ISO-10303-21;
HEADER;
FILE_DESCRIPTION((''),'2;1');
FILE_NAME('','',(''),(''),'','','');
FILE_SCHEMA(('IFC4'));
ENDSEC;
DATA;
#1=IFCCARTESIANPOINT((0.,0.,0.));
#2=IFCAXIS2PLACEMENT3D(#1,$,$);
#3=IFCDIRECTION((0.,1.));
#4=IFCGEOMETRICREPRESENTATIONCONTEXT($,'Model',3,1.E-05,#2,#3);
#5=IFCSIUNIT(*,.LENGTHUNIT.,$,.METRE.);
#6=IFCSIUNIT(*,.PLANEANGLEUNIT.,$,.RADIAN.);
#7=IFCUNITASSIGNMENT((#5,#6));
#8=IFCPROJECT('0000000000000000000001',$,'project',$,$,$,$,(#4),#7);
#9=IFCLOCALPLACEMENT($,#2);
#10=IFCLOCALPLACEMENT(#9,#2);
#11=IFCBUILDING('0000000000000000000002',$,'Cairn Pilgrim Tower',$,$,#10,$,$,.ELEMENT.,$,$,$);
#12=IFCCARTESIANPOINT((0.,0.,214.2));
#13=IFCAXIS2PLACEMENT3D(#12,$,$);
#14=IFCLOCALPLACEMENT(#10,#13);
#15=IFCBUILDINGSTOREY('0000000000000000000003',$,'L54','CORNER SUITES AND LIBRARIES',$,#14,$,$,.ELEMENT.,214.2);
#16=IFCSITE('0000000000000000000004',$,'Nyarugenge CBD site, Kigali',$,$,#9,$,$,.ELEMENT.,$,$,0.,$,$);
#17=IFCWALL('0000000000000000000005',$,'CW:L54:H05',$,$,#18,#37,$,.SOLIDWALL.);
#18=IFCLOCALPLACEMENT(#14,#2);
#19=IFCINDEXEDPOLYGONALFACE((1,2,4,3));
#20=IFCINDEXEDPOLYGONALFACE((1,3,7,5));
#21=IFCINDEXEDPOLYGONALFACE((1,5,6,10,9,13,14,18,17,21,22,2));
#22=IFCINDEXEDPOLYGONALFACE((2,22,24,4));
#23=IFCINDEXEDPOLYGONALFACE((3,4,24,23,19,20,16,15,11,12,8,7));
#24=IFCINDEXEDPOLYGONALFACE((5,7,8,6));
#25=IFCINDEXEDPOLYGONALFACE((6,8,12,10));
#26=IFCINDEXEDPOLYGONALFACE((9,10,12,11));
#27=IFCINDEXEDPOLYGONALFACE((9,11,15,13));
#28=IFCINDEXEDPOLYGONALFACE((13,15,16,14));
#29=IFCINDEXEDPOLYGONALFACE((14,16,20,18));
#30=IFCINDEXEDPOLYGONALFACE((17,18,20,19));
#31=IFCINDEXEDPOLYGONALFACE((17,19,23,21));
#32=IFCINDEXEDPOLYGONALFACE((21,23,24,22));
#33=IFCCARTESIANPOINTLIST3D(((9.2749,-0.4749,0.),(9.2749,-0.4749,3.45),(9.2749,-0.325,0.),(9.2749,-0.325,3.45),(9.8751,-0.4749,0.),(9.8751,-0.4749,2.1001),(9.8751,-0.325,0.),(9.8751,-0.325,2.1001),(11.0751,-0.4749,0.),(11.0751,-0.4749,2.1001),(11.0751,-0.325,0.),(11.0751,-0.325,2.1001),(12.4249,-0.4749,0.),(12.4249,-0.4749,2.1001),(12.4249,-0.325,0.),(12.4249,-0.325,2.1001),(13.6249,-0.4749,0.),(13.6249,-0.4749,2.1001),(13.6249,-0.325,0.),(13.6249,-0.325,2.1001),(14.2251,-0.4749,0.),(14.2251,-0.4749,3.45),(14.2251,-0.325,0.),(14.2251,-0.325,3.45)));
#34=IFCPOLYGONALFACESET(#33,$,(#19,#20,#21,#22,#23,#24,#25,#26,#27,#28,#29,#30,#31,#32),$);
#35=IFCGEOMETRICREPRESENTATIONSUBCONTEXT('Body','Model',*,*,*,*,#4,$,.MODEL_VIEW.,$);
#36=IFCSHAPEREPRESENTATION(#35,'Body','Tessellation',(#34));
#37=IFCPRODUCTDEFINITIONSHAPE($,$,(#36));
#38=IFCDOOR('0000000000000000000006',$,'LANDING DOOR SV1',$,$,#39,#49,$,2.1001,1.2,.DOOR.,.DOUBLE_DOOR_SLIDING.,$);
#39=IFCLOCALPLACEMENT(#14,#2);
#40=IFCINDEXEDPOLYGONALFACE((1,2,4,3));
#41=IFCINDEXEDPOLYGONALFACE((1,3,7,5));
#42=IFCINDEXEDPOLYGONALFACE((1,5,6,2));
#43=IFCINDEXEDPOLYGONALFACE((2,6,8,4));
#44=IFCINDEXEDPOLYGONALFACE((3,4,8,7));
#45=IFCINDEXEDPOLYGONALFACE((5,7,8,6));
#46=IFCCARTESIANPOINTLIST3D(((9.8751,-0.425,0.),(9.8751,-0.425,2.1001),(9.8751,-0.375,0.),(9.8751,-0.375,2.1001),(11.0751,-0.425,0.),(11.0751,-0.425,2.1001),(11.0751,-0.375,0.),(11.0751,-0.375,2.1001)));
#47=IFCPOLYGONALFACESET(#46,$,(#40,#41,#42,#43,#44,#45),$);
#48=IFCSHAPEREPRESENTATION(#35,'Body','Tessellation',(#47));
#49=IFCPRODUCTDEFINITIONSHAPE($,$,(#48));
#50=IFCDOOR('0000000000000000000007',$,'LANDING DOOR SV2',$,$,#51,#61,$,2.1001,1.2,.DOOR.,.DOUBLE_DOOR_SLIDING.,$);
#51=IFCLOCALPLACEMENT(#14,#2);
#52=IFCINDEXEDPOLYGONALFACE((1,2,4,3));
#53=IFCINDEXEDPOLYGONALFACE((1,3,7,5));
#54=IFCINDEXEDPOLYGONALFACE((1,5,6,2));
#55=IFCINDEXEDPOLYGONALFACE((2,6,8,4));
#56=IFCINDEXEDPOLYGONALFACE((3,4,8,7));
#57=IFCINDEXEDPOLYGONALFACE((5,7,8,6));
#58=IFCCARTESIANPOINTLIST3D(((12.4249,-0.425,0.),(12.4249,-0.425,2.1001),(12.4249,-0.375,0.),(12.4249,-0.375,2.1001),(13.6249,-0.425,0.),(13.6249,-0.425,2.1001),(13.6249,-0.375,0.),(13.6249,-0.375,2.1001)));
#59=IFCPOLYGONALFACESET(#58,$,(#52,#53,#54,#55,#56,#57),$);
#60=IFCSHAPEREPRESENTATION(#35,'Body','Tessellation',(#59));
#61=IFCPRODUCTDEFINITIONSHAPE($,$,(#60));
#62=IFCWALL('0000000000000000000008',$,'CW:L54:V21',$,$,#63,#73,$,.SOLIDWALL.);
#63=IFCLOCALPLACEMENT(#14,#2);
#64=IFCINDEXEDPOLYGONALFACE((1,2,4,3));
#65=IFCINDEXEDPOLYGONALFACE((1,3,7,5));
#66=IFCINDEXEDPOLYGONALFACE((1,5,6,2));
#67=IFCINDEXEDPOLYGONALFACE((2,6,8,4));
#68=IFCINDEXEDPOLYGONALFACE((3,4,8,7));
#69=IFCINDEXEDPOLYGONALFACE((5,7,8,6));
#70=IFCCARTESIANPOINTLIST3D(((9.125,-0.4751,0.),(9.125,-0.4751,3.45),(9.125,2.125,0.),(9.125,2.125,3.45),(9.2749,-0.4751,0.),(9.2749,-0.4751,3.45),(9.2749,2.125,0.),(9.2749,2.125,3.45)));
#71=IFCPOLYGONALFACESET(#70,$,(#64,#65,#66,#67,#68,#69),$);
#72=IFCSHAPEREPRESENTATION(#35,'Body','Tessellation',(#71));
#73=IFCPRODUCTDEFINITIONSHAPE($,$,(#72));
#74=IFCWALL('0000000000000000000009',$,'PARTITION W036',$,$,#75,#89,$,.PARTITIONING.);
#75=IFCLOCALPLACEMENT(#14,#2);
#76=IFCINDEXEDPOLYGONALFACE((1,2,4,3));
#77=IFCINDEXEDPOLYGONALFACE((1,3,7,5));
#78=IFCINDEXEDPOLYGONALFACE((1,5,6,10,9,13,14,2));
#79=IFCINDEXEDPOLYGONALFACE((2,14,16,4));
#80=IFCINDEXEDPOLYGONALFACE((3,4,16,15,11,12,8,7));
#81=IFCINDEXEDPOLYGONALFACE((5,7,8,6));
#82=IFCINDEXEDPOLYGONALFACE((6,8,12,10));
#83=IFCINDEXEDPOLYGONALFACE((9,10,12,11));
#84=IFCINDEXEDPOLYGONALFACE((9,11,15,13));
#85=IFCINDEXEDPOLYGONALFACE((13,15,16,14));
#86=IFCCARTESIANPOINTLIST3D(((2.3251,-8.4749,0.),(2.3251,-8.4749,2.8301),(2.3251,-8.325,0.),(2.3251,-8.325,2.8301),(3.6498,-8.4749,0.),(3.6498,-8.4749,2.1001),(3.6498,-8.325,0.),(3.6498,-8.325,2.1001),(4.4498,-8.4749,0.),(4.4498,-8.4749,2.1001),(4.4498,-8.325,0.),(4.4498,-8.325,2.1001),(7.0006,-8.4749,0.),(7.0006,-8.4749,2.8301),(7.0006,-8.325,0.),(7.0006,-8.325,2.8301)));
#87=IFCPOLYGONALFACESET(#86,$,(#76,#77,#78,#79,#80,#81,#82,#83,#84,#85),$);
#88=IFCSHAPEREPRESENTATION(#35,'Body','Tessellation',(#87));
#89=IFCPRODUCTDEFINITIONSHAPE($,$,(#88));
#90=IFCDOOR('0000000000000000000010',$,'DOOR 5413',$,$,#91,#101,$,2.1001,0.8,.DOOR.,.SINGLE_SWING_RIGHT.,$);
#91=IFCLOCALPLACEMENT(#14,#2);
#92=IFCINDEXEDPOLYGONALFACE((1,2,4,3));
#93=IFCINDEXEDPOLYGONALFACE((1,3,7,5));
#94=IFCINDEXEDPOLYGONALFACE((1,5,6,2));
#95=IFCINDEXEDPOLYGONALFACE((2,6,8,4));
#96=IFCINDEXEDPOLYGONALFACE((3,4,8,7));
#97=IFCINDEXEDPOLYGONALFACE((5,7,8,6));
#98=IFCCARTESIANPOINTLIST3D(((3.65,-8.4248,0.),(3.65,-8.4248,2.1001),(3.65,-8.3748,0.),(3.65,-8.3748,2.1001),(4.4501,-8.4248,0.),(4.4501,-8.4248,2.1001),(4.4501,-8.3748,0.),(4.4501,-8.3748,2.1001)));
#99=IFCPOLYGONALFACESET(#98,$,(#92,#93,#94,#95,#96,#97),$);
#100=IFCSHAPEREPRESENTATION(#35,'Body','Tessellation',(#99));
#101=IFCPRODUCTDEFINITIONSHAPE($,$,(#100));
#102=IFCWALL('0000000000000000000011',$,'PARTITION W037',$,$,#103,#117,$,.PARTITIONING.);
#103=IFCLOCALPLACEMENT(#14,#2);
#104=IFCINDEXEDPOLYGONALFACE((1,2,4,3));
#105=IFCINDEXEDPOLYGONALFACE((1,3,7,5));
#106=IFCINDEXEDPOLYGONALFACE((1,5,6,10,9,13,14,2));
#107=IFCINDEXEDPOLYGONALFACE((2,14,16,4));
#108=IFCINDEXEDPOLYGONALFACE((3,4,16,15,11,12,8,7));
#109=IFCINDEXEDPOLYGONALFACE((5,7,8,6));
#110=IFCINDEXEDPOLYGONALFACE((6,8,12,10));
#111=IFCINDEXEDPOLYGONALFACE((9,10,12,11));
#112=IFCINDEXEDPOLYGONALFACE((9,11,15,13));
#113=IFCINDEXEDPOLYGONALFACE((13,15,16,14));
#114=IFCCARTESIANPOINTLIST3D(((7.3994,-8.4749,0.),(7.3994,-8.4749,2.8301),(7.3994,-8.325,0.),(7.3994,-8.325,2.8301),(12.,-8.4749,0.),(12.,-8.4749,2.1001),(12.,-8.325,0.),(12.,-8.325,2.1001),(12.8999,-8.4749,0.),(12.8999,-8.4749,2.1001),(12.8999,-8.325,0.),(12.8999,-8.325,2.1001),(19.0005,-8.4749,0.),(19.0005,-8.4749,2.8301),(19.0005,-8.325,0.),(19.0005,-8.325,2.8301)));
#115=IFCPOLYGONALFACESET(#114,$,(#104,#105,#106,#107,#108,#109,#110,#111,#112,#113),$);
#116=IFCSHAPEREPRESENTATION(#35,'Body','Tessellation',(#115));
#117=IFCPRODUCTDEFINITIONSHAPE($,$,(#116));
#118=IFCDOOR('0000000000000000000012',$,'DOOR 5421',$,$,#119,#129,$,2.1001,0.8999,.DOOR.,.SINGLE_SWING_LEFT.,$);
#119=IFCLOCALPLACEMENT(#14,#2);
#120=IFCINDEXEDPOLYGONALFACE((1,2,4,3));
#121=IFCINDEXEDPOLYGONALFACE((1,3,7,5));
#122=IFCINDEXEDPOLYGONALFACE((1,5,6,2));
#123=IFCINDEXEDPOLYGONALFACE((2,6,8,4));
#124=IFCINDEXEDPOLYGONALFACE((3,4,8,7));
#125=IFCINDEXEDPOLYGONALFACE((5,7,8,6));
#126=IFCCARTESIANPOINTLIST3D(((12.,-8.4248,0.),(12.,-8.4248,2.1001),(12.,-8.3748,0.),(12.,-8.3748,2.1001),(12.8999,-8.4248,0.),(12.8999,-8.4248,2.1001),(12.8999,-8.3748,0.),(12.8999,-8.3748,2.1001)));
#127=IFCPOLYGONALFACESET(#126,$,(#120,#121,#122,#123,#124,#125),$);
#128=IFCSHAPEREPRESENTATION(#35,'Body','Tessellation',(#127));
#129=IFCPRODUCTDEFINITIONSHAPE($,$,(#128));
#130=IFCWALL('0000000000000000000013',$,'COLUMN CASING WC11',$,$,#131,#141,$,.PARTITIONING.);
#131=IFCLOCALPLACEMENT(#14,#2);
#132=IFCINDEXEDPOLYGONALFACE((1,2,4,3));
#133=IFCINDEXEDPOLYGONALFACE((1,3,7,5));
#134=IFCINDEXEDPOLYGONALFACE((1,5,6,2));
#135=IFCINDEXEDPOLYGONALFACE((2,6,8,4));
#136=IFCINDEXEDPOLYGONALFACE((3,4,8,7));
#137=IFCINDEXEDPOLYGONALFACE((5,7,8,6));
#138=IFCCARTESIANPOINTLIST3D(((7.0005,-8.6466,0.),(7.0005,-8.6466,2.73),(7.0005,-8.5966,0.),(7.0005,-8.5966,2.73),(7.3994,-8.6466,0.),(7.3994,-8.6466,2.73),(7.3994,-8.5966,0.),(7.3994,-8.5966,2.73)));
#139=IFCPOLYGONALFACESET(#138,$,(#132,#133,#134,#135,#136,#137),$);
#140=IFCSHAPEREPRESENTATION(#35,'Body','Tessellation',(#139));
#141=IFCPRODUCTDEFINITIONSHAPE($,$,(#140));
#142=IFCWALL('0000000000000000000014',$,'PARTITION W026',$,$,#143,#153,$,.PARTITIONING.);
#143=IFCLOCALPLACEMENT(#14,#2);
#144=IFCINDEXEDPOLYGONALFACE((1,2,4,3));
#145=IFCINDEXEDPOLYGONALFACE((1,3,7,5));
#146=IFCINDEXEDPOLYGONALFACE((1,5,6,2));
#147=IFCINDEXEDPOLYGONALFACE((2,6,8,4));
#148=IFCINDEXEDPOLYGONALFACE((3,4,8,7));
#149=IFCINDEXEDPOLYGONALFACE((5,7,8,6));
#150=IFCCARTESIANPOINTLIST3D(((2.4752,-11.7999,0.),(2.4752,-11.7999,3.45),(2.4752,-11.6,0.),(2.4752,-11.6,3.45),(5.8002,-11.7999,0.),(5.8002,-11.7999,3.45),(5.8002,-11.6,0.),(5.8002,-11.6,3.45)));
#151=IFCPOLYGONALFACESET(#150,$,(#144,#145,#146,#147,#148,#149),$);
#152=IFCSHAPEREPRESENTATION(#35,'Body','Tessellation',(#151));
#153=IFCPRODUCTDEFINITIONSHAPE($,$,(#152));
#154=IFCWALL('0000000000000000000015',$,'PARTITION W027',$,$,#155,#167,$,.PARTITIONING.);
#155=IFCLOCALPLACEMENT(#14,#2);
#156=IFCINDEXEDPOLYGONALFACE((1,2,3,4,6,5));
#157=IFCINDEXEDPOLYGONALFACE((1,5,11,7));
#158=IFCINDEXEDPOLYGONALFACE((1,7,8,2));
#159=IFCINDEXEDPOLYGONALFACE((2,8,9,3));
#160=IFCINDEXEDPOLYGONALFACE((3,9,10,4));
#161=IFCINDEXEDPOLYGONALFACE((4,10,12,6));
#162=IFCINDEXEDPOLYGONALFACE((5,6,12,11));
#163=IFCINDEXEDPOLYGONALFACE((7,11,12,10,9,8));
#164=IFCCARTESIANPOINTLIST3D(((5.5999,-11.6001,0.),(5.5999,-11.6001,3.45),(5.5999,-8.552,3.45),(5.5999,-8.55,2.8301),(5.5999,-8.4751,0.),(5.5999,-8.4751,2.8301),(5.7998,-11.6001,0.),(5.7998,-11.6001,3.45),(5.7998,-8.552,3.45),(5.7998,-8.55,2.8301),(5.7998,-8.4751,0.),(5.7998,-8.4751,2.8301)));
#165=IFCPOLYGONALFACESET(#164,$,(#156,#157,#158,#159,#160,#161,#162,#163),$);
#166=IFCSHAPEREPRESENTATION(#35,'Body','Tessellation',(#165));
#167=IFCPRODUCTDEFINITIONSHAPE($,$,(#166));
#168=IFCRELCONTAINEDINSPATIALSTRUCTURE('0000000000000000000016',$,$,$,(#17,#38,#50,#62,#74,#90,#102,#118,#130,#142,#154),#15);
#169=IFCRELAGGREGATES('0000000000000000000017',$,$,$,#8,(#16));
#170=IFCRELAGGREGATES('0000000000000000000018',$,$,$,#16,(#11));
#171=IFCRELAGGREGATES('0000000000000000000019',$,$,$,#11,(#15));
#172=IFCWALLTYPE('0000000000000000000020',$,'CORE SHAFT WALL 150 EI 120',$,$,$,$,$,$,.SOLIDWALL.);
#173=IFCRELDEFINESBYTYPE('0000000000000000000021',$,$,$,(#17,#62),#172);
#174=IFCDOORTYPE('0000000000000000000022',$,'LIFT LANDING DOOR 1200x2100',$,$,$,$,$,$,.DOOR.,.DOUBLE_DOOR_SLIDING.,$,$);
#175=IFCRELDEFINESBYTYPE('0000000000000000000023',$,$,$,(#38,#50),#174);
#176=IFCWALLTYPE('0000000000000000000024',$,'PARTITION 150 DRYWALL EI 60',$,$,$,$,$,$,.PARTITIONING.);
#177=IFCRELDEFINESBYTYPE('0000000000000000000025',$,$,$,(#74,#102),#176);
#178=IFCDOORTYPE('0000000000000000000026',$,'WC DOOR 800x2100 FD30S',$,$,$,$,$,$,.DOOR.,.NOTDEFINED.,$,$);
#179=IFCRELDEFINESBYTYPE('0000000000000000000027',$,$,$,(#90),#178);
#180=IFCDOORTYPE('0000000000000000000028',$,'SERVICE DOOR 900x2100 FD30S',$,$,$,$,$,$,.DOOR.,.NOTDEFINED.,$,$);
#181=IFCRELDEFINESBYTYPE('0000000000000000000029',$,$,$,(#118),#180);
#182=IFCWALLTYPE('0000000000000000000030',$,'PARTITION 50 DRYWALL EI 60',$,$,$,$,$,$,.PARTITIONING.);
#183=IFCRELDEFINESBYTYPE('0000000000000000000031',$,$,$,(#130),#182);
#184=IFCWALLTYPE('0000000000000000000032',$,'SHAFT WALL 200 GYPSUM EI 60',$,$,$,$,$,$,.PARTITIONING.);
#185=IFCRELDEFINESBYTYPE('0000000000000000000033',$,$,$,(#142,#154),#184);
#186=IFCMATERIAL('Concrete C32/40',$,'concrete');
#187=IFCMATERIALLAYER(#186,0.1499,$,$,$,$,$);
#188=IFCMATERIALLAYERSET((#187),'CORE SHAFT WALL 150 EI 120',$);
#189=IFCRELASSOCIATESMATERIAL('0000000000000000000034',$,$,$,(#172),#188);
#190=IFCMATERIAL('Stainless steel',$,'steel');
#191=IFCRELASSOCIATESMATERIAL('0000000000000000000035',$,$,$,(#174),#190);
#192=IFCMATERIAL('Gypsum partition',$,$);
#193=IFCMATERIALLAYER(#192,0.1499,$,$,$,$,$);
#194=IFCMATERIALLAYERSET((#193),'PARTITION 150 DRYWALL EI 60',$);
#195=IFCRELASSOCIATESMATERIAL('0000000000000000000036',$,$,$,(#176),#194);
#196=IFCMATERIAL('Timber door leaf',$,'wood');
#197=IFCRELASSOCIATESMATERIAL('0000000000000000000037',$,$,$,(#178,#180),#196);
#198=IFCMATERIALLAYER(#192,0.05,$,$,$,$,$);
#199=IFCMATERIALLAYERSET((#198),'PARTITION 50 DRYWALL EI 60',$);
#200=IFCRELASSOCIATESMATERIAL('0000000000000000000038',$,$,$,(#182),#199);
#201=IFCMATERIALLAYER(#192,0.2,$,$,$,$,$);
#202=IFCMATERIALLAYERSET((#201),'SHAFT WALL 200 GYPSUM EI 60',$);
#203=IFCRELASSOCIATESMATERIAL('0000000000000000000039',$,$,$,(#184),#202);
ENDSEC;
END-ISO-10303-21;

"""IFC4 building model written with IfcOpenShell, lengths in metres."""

from ifc_helpers import new_model, si_unit, direction, frame, frame_2d, origin, place, context, subcontext, project, spatial, polyline, rectangle, outline, extrude, material, layer, layer_set, type_object, element, fill, save


model = new_model("IFC4")

# Units and contexts
model_context = context("Model", 3, precision=1e-05, world=origin(), true_north=direction((0.0, 1.0)))
body_context = subcontext(model_context, "Body", "Model", "MODEL_VIEW")
ifc_project = project(units=[si_unit("LENGTHUNIT", "METRE"), si_unit("PLANEANGLEUNIT", "RADIAN")], contexts=[model_context])

# Site, building, storey
site_placement = place(None, origin())
site = spatial("IfcSite", under=ifc_project, at=site_placement, Name="Nyarugenge CBD site, Kigali", CompositionType="ELEMENT", RefElevation=0.0)
building_placement = place(site_placement, origin())
building = spatial("IfcBuilding", under=site, at=building_placement, Name="Cairn Pilgrim Tower", CompositionType="ELEMENT")
storey_placement = place(building_placement, frame((0.0, 0.0, 214.2)))
storey = spatial("IfcBuildingStorey", under=building, at=storey_placement, Name="L54", Description="CORNER SUITES AND LIBRARIES", CompositionType="ELEMENT", Elevation=214.2)

# Shared definitions
ifc_material_1 = material(Name="Concrete C32/40", Category="concrete")

# Wall, openings, doors
ifc_layer_1 = layer(ifc_material_1, 0.1499)
ifc_layer_set_1 = layer_set([ifc_layer_1], Name="CORE SHAFT WALL 150 EI 120")
wall_type_1 = type_object("IfcWallType", Name="CORE SHAFT WALL 150 EI 120", PredefinedType="SOLIDWALL", material=ifc_layer_set_1)
wall_1_placement = place(storey_placement, frame((9.2749, -0.3999, 0.0), z_axis=(0.0, 0.0, 1.0), x_axis=(1.0, 0.0, 0.0)))
wall_1 = element("IfcWall", 1, at=wall_1_placement, inside=storey, type_object=wall_type_1, Name="CW:L54:H05", PredefinedType="SOLIDWALL", context=body_context, shape_type="SweptSolid", body=[
    extrude(rectangle(XDim=4.9502, YDim=0.1499, at=frame_2d((2.4751, 0.0))), origin(), (0.0, 0.0, 1.0), 3.45),
])
opening_1_placement = place(wall_1_placement, frame((0.6001, 0.0, 0.0)))
opening_1 = element("IfcOpeningElement", 2, at=opening_1_placement, cuts=wall_1, PredefinedType="OPENING", context=body_context, shape_type="SweptSolid", body=[
    extrude(rectangle(XDim=1.2, YDim=2.1001, at=frame_2d((0.6001, 1.05))), frame((0.0, 0.085, 0.0), z_axis=(0.0, -1.0, 0.0), x_axis=(1.0, 0.0, 0.0)), (0.0, 0.0, 1.0), 0.1699),
])
opening_2_placement = place(wall_1_placement, frame((3.1499, 0.0, 0.0)))
opening_2 = element("IfcOpeningElement", 3, at=opening_2_placement, cuts=wall_1, PredefinedType="OPENING", context=body_context, shape_type="SweptSolid", body=[
    extrude(rectangle(XDim=1.2, YDim=2.1001, at=frame_2d((0.6001, 1.05))), frame((0.0, 0.085, 0.0), z_axis=(0.0, -1.0, 0.0), x_axis=(1.0, 0.0, 0.0)), (0.0, 0.0, 1.0), 0.1699),
])
ifc_material_2 = material(Name="Stainless steel", Category="steel")
door_type_1 = type_object("IfcDoorType", Name="LIFT LANDING DOOR 1200x2100", OperationType="DOUBLE_DOOR_SLIDING", PredefinedType="DOOR", material=ifc_material_2)
door_1_placement = place(opening_1_placement, origin())
door_1 = element("IfcDoor", 4, at=door_1_placement, inside=storey, type_object=door_type_1, Name="LANDING DOOR SV1", OperationType="DOUBLE_DOOR_SLIDING", OverallHeight=2.1001, OverallWidth=1.2, PredefinedType="DOOR", context=body_context, shape_type="SweptSolid", body=[
    extrude(rectangle(XDim=1.2, YDim=2.1001, at=frame_2d((0.6001, 1.05))), frame((0.0, 0.0249, 0.0), z_axis=(0.0, -1.0, 0.0), x_axis=(1.0, 0.0, 0.0)), (0.0, 0.0, 1.0), 0.05),
])
fill(opening_1, door_1)
door_2_placement = place(opening_2_placement, origin())
door_2 = element("IfcDoor", 5, at=door_2_placement, inside=storey, type_object=door_type_1, Name="LANDING DOOR SV2", OperationType="DOUBLE_DOOR_SLIDING", OverallHeight=2.1001, OverallWidth=1.2, PredefinedType="DOOR", context=body_context, shape_type="SweptSolid", body=[
    extrude(rectangle(XDim=1.2, YDim=2.1001, at=frame_2d((0.6001, 1.05))), frame((0.0, 0.0249, 0.0), z_axis=(0.0, -1.0, 0.0), x_axis=(1.0, 0.0, 0.0)), (0.0, 0.0, 1.0), 0.05),
])
fill(opening_2, door_2)

# Wall
wall_2_placement = place(storey_placement, frame((9.2, -0.4751, 0.0), z_axis=(0.0, 0.0, 1.0), x_axis=(0.0, 1.0, 0.0)))
element("IfcWall", 6, at=wall_2_placement, inside=storey, type_object=wall_type_1, Name="CW:L54:V21", PredefinedType="SOLIDWALL", context=body_context, shape_type="SweptSolid", body=[
    extrude(rectangle(XDim=2.6001, YDim=0.1499, at=frame_2d((1.3, 0.0))), origin(), (0.0, 0.0, 1.0), 3.45),
])

# Walls, openings, doors
ifc_material_3 = material(Name="Gypsum partition")
ifc_layer_2 = layer(ifc_material_3, 0.1499)
ifc_layer_set_2 = layer_set([ifc_layer_2], Name="PARTITION 150 DRYWALL EI 60")
wall_type_2 = type_object("IfcWallType", Name="PARTITION 150 DRYWALL EI 60", PredefinedType="PARTITIONING", material=ifc_layer_set_2)
wall_3_placement = place(storey_placement, frame((2.325, -8.3999, 0.0), z_axis=(0.0, 0.0, 1.0), x_axis=(1.0, 0.0, 0.0)))
wall_3 = element("IfcWall", 7, at=wall_3_placement, inside=storey, type_object=wall_type_2, Name="PARTITION W036", PredefinedType="PARTITIONING", context=body_context, shape_type="SweptSolid", body=[
    extrude(rectangle(XDim=4.6755, YDim=0.1499, at=frame_2d((2.3379, 0.0))), origin(), (0.0, 0.0, 1.0), 2.8301),
])
opening_3_placement = place(wall_3_placement, frame((1.325, 0.0, 0.0)))
opening_3 = element("IfcOpeningElement", 8, at=opening_3_placement, cuts=wall_3, PredefinedType="OPENING", context=body_context, shape_type="SweptSolid", body=[
    extrude(rectangle(XDim=0.8, YDim=2.1001, at=frame_2d((0.3999, 1.05))), frame((0.0, 0.085, 0.0), z_axis=(0.0, -1.0, 0.0), x_axis=(1.0, 0.0, 0.0)), (0.0, 0.0, 1.0), 0.1699),
])
ifc_material_4 = material(Name="Timber door leaf", Category="wood")
door_type_2 = type_object("IfcDoorType", Name="WC DOOR 800x2100 FD30S", OperationType="NOTDEFINED", PredefinedType="DOOR", material=ifc_material_4)
door_3_placement = place(opening_3_placement, frame((0.8, 0.0, 0.0), z_axis=(0.0, 0.0, 1.0), x_axis=(-1.0, 0.0, 0.0)))
door_3 = element("IfcDoor", 9, at=door_3_placement, inside=storey, type_object=door_type_2, Name="DOOR 5413", OperationType="SINGLE_SWING_RIGHT", OverallHeight=2.1001, OverallWidth=0.8, PredefinedType="DOOR", context=body_context, shape_type="SweptSolid", body=[
    extrude(rectangle(XDim=0.8, YDim=2.1001, at=frame_2d((0.3999, 1.05))), frame((0.0, 0.0249, 0.0), z_axis=(0.0, -1.0, 0.0), x_axis=(1.0, 0.0, 0.0)), (0.0, 0.0, 1.0), 0.05),
])
fill(opening_3, door_3)
wall_4_placement = place(storey_placement, frame((7.3994, -8.3999, 0.0), z_axis=(0.0, 0.0, 1.0), x_axis=(1.0, 0.0, 0.0)))
wall_4 = element("IfcWall", 10, at=wall_4_placement, inside=storey, type_object=wall_type_2, Name="PARTITION W037", PredefinedType="PARTITIONING", context=body_context, shape_type="SweptSolid", body=[
    extrude(rectangle(XDim=11.6011, YDim=0.1499, at=frame_2d((5.8005, 0.0))), origin(), (0.0, 0.0, 1.0), 2.8301),
])
opening_4_placement = place(wall_4_placement, frame((4.6006, 0.0, 0.0)))
opening_4 = element("IfcOpeningElement", 11, at=opening_4_placement, cuts=wall_4, PredefinedType="OPENING", context=body_context, shape_type="SweptSolid", body=[
    extrude(rectangle(XDim=0.8999, YDim=2.1001, at=frame_2d((0.45, 1.05))), frame((0.0, 0.085, 0.0), z_axis=(0.0, -1.0, 0.0), x_axis=(1.0, 0.0, 0.0)), (0.0, 0.0, 1.0), 0.1699),
])
door_type_3 = type_object("IfcDoorType", Name="SERVICE DOOR 900x2100 FD30S", OperationType="NOTDEFINED", PredefinedType="DOOR", material=ifc_material_4)
door_4_placement = place(opening_4_placement, frame((0.8999, 0.0, 0.0), z_axis=(0.0, 0.0, 1.0), x_axis=(-1.0, 0.0, 0.0)))
door_4 = element("IfcDoor", 12, at=door_4_placement, inside=storey, type_object=door_type_3, Name="DOOR 5421", OperationType="SINGLE_SWING_LEFT", OverallHeight=2.1001, OverallWidth=0.8999, PredefinedType="DOOR", context=body_context, shape_type="SweptSolid", body=[
    extrude(rectangle(XDim=0.8999, YDim=2.1001, at=frame_2d((0.45, 1.05))), frame((0.0, 0.0249, 0.0), z_axis=(0.0, -1.0, 0.0), x_axis=(1.0, 0.0, 0.0)), (0.0, 0.0, 1.0), 0.05),
])
fill(opening_4, door_4)

# Walls
ifc_layer_3 = layer(ifc_material_3, 0.05)
ifc_layer_set_3 = layer_set([ifc_layer_3], Name="PARTITION 50 DRYWALL EI 60")
wall_type_3 = type_object("IfcWallType", Name="PARTITION 50 DRYWALL EI 60", PredefinedType="PARTITIONING", material=ifc_layer_set_3)
wall_5_placement = place(storey_placement, frame((7.0005, -8.6216, 0.0), z_axis=(0.0, 0.0, 1.0), x_axis=(1.0, 0.0, 0.0)))
element("IfcWall", 13, at=wall_5_placement, inside=storey, type_object=wall_type_3, Name="COLUMN CASING WC11", PredefinedType="PARTITIONING", context=body_context, shape_type="SweptSolid", body=[
    extrude(rectangle(XDim=0.3989, YDim=0.05, at=frame_2d((0.1995, 0.0))), origin(), (0.0, 0.0, 1.0), 2.73),
])
ifc_layer_4 = layer(ifc_material_3, 0.2)
ifc_layer_set_4 = layer_set([ifc_layer_4], Name="SHAFT WALL 200 GYPSUM EI 60")
wall_type_4 = type_object("IfcWallType", Name="SHAFT WALL 200 GYPSUM EI 60", PredefinedType="PARTITIONING", material=ifc_layer_set_4)
wall_6_placement = place(storey_placement, frame((2.4751, -11.7, 0.0), z_axis=(0.0, 0.0, 1.0), x_axis=(1.0, 0.0, 0.0)))
element("IfcWall", 14, at=wall_6_placement, inside=storey, type_object=wall_type_4, Name="PARTITION W026", PredefinedType="PARTITIONING", context=body_context, shape_type="SweptSolid", body=[
    extrude(rectangle(XDim=3.325, YDim=0.2, at=frame_2d((1.6626, 0.0))), origin(), (0.0, 0.0, 1.0), 3.45),
])
wall_7_placement = place(storey_placement, frame((5.7, -11.6001, 0.0), z_axis=(0.0, 0.0, 1.0), x_axis=(0.0, 1.0, 0.0)))
element("IfcWall", 15, at=wall_7_placement, inside=storey, type_object=wall_type_4, Name="PARTITION W027", PredefinedType="PARTITIONING", context=body_context, shape_type="SweptSolid", body=[
    extrude(outline(polyline([(0.0, 0.0), (3.125, 0.0), (3.125, 2.8301), (3.05, 2.8301), (3.0481, 3.45), (0.0, 3.45), (0.0, 0.0)])), frame((0.0, 0.1001, 0.0), z_axis=(0.0, -1.0, 0.0), x_axis=(1.0, 0.0, 0.0)), (0.0, 0.0, 1.0), 0.2),
])

save(model, "model.ifc")
